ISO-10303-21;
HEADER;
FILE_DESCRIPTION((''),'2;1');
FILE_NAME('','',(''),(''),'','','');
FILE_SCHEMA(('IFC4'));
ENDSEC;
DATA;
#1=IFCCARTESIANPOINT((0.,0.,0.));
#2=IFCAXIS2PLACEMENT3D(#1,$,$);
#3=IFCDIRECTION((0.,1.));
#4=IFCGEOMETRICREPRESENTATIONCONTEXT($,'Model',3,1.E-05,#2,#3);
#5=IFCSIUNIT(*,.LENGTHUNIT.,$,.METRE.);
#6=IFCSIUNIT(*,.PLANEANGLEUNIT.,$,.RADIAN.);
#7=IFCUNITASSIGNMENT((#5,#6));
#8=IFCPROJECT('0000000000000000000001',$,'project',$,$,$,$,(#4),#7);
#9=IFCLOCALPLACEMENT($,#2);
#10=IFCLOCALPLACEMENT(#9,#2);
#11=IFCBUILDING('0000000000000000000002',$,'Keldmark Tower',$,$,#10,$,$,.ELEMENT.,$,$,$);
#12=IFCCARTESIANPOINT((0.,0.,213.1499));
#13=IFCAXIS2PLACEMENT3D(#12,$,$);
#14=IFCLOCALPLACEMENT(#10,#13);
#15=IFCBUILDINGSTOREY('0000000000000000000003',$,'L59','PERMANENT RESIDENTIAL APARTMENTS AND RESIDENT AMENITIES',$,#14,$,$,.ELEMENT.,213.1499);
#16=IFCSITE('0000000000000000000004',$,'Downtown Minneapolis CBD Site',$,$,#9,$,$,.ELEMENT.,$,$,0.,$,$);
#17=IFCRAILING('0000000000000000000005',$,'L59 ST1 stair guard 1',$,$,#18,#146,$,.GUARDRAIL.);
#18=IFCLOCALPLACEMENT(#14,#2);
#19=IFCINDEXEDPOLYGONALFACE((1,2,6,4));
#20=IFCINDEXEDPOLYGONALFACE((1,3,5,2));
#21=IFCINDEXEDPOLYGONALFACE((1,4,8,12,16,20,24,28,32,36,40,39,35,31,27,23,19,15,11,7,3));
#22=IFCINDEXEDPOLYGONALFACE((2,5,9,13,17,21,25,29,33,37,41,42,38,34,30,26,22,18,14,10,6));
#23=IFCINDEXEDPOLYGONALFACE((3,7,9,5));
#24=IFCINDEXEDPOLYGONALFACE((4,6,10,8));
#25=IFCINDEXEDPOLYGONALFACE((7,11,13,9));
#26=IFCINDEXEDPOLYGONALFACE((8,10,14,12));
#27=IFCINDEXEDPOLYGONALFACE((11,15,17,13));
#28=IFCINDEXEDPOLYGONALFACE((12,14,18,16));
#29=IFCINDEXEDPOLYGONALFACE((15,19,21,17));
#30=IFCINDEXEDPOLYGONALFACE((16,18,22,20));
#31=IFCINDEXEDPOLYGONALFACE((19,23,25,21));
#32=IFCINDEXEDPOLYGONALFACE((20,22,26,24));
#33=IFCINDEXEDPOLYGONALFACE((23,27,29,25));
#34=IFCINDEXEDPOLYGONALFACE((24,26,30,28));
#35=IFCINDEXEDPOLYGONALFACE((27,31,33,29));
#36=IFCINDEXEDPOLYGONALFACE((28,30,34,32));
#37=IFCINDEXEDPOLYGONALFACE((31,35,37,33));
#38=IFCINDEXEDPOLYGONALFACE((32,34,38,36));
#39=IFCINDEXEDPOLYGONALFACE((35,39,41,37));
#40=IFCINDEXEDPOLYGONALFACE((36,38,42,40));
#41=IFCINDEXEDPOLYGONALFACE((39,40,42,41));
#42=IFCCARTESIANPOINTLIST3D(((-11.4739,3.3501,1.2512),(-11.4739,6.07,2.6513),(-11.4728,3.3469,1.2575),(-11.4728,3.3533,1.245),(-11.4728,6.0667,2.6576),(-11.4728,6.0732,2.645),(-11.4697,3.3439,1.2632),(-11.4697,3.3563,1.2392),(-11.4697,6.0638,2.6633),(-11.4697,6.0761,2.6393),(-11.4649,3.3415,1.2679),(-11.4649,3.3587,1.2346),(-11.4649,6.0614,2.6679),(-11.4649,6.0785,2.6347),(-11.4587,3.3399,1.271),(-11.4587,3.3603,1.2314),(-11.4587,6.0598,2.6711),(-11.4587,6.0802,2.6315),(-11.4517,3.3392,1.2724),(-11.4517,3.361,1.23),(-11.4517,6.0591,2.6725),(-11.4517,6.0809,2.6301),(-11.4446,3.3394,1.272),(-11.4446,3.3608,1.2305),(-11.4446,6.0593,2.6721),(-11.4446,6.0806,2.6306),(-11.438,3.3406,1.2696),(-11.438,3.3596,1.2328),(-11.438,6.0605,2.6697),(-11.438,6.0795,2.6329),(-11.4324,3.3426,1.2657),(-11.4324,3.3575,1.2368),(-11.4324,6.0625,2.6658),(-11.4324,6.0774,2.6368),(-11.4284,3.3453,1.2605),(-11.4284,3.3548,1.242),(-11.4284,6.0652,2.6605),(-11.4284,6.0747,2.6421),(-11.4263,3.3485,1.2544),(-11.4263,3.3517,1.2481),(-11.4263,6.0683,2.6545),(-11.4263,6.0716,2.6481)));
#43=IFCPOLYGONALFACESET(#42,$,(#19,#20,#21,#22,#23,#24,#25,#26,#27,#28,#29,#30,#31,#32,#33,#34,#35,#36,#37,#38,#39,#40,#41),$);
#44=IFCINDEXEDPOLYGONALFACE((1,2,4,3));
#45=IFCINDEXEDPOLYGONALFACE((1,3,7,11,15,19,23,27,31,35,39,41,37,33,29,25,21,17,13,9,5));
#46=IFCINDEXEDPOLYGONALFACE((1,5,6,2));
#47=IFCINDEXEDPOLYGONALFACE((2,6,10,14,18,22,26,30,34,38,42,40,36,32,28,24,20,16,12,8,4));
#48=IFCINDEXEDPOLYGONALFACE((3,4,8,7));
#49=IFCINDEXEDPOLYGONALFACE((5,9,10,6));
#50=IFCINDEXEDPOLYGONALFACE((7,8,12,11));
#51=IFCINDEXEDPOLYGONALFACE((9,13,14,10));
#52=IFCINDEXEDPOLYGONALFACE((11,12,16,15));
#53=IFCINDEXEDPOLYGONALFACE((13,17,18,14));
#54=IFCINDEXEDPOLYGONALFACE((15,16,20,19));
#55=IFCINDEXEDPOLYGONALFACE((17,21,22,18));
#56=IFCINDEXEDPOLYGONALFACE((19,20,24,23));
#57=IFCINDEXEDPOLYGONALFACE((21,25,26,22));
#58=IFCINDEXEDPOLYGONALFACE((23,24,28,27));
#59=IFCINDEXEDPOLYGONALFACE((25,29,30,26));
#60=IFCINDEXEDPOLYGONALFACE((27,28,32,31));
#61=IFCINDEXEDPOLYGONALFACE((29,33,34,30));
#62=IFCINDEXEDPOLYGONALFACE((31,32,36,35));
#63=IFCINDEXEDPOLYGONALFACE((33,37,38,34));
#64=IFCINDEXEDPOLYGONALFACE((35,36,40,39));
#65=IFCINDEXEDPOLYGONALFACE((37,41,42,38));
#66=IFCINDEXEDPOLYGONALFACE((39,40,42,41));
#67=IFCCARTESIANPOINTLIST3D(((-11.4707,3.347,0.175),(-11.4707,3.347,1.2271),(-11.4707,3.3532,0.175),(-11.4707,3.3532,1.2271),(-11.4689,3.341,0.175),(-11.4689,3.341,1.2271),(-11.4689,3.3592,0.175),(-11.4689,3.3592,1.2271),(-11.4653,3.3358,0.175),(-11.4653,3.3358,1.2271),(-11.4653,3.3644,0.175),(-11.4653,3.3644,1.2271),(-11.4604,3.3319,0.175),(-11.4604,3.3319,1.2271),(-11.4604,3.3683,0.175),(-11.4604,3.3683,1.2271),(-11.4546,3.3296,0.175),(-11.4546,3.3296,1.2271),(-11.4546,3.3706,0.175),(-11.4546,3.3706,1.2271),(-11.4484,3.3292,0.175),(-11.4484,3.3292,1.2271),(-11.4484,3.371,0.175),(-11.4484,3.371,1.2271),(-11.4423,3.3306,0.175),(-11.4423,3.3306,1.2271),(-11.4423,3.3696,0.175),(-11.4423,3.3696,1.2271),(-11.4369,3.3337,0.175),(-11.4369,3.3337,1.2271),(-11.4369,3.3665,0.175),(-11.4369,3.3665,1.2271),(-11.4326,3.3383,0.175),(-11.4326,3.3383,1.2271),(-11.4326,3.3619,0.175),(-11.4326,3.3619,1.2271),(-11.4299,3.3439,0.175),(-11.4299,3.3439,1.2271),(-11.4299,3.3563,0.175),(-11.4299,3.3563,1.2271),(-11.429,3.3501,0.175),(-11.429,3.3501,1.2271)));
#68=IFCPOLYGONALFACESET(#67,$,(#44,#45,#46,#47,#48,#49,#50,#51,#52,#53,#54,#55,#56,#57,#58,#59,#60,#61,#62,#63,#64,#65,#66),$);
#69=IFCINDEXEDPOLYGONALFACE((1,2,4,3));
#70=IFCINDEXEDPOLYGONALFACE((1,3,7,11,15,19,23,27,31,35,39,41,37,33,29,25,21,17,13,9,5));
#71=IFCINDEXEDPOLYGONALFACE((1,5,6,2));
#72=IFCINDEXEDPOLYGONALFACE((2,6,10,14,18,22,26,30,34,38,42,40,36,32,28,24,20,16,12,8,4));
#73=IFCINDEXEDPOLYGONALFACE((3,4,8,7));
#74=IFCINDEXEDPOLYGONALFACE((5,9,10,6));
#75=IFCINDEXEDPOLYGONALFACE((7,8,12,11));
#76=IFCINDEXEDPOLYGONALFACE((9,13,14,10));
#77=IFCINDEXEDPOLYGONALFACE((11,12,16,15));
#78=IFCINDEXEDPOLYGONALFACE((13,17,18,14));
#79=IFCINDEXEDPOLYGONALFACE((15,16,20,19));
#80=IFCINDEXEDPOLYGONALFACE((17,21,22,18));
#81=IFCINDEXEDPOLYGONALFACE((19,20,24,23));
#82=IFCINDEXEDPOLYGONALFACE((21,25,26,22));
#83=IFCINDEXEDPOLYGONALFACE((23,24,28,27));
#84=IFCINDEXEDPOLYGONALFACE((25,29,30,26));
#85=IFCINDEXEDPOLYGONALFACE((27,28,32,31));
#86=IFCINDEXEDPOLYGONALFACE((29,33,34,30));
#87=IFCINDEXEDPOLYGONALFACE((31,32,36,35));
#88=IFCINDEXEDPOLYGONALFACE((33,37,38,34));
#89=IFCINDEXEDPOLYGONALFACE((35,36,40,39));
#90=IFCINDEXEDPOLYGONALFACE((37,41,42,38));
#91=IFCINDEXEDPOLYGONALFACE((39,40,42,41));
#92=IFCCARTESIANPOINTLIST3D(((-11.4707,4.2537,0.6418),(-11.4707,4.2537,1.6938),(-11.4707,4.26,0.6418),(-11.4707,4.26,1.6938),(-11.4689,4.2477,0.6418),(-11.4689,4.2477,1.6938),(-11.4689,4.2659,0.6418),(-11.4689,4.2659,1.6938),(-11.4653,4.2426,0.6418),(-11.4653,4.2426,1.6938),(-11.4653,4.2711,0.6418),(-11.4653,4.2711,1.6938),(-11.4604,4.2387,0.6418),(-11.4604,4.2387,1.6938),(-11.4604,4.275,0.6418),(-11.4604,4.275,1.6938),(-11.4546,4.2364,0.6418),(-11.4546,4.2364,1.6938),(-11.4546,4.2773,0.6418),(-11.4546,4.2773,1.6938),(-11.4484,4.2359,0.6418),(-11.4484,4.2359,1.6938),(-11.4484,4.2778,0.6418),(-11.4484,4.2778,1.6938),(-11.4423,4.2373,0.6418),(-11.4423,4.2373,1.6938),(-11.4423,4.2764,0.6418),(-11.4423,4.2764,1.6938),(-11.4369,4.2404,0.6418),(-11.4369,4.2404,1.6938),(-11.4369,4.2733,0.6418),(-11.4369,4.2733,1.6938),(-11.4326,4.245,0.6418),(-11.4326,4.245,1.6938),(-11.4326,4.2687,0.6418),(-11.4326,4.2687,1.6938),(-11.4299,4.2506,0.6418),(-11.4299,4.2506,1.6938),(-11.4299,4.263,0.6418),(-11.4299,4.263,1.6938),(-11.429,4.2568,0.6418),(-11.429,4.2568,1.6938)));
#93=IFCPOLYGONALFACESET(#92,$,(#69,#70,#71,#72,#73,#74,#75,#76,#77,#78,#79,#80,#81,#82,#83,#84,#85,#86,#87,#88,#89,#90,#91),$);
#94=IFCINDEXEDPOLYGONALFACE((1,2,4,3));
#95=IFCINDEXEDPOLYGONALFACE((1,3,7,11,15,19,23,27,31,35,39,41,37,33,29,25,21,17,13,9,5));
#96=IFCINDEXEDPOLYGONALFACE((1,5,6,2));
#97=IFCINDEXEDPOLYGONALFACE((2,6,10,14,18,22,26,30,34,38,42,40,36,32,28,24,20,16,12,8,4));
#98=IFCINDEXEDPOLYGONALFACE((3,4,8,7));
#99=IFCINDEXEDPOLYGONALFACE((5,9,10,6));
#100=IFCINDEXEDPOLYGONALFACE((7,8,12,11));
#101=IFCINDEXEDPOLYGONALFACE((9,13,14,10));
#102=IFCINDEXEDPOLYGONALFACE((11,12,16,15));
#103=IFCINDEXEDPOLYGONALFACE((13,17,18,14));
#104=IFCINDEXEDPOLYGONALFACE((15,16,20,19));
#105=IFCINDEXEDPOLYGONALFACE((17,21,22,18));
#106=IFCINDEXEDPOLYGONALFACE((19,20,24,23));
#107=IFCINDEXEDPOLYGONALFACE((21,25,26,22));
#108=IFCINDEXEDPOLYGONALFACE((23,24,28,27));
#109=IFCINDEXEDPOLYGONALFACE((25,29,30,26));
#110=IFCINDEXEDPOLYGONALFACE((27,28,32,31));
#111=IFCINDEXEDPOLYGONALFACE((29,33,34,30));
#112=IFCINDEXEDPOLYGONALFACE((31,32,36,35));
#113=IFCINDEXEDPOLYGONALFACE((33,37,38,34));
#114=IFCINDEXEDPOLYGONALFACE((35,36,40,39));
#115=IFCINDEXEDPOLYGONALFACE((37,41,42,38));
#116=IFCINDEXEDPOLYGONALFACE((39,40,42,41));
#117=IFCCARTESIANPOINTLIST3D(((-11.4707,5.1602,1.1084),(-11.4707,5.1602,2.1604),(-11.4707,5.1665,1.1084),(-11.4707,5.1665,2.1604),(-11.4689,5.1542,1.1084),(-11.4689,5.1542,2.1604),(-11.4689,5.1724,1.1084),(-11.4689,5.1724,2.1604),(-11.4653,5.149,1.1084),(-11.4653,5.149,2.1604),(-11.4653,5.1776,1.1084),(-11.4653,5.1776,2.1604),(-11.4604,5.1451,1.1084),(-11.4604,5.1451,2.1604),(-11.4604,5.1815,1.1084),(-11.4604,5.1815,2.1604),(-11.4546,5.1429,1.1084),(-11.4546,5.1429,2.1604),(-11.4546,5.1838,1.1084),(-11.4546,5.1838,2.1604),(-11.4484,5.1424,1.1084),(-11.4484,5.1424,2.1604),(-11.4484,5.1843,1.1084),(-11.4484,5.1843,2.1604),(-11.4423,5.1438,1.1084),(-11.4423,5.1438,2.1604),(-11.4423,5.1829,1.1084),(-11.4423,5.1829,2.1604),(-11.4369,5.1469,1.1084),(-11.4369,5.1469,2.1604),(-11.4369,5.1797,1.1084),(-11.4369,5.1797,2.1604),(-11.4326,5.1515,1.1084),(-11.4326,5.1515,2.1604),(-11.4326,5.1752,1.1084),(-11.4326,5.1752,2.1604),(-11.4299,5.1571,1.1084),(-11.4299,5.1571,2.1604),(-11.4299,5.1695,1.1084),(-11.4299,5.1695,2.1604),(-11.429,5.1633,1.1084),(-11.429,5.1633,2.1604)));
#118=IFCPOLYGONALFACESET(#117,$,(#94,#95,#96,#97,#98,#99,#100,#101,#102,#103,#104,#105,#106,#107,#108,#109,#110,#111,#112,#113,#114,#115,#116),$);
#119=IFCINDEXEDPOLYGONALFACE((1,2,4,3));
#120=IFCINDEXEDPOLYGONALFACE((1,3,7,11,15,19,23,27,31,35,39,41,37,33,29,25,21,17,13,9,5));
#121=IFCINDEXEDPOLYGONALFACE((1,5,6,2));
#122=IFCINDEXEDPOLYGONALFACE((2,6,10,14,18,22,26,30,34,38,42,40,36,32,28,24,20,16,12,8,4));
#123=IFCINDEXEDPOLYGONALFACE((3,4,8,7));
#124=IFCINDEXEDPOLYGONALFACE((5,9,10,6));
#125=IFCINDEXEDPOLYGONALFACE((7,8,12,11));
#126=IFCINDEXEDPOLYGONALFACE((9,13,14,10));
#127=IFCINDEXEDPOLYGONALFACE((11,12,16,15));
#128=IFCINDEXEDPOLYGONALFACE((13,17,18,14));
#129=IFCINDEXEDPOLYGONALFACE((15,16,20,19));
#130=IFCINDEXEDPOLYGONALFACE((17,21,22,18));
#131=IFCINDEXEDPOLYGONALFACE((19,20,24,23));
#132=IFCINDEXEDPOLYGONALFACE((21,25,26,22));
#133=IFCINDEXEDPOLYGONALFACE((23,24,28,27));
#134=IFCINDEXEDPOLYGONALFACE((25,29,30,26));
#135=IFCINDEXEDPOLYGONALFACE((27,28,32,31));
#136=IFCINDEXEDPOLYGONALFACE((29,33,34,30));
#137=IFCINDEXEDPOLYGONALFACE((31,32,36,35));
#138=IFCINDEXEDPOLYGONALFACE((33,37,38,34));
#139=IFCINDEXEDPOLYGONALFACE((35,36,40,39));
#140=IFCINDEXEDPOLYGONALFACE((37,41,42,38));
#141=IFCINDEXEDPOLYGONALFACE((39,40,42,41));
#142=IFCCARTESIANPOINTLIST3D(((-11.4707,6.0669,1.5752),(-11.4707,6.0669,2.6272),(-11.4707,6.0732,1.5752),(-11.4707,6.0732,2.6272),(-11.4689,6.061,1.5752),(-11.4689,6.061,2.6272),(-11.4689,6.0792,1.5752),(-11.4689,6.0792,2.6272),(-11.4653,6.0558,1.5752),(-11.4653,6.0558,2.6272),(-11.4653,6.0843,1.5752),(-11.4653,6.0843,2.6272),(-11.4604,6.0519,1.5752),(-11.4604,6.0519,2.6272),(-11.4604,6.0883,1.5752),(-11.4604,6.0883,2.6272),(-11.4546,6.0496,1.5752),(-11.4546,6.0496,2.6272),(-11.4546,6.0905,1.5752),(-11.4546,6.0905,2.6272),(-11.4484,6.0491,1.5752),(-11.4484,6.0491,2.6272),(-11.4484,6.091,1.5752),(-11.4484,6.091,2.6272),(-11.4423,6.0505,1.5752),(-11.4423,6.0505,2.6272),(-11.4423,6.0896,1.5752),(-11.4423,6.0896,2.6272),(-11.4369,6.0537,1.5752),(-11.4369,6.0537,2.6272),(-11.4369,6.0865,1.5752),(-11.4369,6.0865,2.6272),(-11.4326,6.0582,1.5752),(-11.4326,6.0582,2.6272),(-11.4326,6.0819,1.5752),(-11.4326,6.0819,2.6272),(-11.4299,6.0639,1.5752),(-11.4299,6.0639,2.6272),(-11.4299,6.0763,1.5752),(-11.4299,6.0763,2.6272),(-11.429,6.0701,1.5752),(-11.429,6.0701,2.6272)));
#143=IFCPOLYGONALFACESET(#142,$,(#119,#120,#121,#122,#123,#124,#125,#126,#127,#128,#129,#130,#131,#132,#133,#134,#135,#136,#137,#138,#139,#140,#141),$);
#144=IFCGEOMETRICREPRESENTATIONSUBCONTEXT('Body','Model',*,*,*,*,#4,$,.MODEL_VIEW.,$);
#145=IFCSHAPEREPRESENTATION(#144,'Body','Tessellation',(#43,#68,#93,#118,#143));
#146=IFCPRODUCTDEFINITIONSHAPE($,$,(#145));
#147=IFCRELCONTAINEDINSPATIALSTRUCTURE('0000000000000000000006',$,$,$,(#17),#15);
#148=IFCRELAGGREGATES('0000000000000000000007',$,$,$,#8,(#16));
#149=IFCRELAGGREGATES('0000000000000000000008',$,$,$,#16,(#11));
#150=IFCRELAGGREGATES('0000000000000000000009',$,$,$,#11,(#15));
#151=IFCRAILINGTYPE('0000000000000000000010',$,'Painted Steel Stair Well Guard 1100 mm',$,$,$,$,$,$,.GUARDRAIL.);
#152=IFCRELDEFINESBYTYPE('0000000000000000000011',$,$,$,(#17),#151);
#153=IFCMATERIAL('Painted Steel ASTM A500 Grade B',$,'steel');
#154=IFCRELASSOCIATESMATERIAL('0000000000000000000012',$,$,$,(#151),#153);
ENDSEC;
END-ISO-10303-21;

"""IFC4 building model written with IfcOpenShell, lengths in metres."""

from ifc_helpers import new_model, si_unit, direction, frame, origin, origin_2d, place, context, subcontext, project, spatial, circle, extrude, material, type_object, element, save


model = new_model("IFC4")

# Units and contexts
model_context = context("Model", 3, precision=1e-05, world=origin(), true_north=direction((0.0, 1.0)))
body_context = subcontext(model_context, "Body", "Model", "MODEL_VIEW")
ifc_project = project(units=[si_unit("LENGTHUNIT", "METRE"), si_unit("PLANEANGLEUNIT", "RADIAN")], contexts=[model_context])

# Site, building, storey
site_placement = place(None, origin())
site = spatial("IfcSite", under=ifc_project, at=site_placement, Name="Downtown Minneapolis CBD Site", CompositionType="ELEMENT", RefElevation=0.0)
building_placement = place(site_placement, origin())
building = spatial("IfcBuilding", under=site, at=building_placement, Name="Keldmark Tower", CompositionType="ELEMENT")
storey_placement = place(building_placement, frame((0.0, 0.0, 213.1499)))
storey = spatial("IfcBuildingStorey", under=building, at=storey_placement, Name="L59", Description="PERMANENT RESIDENTIAL APARTMENTS AND RESIDENT AMENITIES", CompositionType="ELEMENT", Elevation=213.1499)

# Railing
ifc_material_1 = material(Name="Painted Steel ASTM A500 Grade B", Category="steel")
railing_type_1 = type_object("IfcRailingType", Name="Painted Steel Stair Well Guard 1100 mm", PredefinedType="GUARDRAIL", material=ifc_material_1)
railing_1_placement = place(storey_placement, frame((-11.45, 3.3501, 0.175)))
element("IfcRailing", 1, at=railing_1_placement, inside=storey, type_object=railing_type_1, Name="L59 ST1 stair guard 1", PredefinedType="GUARDRAIL", context=body_context, shape_type="SweptSolid", body=[
    extrude(circle(Radius=0.0239, at=origin_2d()), frame((0.0, 0.0, 1.0762), z_axis=(0.0, 0.889114, 0.457685), x_axis=(-1.0, 0.0, 0.0)), (0.0, 0.0, 1.0), 3.0591),
    extrude(circle(Radius=0.021, at=origin_2d()), origin(), (0.0, 0.0, 1.0), 1.052),
    extrude(circle(Radius=0.021, at=origin_2d()), frame((0.0, 0.9067, 0.4668)), (0.0, 0.0, 1.0), 1.052),
    extrude(circle(Radius=0.021, at=origin_2d()), frame((0.0, 1.8132, 0.9333)), (0.0, 0.0, 1.0), 1.052),
    extrude(circle(Radius=0.021, at=origin_2d()), frame((0.0, 2.72, 1.4001)), (0.0, 0.0, 1.0), 1.052),
])

save(model, "model.ifc")
